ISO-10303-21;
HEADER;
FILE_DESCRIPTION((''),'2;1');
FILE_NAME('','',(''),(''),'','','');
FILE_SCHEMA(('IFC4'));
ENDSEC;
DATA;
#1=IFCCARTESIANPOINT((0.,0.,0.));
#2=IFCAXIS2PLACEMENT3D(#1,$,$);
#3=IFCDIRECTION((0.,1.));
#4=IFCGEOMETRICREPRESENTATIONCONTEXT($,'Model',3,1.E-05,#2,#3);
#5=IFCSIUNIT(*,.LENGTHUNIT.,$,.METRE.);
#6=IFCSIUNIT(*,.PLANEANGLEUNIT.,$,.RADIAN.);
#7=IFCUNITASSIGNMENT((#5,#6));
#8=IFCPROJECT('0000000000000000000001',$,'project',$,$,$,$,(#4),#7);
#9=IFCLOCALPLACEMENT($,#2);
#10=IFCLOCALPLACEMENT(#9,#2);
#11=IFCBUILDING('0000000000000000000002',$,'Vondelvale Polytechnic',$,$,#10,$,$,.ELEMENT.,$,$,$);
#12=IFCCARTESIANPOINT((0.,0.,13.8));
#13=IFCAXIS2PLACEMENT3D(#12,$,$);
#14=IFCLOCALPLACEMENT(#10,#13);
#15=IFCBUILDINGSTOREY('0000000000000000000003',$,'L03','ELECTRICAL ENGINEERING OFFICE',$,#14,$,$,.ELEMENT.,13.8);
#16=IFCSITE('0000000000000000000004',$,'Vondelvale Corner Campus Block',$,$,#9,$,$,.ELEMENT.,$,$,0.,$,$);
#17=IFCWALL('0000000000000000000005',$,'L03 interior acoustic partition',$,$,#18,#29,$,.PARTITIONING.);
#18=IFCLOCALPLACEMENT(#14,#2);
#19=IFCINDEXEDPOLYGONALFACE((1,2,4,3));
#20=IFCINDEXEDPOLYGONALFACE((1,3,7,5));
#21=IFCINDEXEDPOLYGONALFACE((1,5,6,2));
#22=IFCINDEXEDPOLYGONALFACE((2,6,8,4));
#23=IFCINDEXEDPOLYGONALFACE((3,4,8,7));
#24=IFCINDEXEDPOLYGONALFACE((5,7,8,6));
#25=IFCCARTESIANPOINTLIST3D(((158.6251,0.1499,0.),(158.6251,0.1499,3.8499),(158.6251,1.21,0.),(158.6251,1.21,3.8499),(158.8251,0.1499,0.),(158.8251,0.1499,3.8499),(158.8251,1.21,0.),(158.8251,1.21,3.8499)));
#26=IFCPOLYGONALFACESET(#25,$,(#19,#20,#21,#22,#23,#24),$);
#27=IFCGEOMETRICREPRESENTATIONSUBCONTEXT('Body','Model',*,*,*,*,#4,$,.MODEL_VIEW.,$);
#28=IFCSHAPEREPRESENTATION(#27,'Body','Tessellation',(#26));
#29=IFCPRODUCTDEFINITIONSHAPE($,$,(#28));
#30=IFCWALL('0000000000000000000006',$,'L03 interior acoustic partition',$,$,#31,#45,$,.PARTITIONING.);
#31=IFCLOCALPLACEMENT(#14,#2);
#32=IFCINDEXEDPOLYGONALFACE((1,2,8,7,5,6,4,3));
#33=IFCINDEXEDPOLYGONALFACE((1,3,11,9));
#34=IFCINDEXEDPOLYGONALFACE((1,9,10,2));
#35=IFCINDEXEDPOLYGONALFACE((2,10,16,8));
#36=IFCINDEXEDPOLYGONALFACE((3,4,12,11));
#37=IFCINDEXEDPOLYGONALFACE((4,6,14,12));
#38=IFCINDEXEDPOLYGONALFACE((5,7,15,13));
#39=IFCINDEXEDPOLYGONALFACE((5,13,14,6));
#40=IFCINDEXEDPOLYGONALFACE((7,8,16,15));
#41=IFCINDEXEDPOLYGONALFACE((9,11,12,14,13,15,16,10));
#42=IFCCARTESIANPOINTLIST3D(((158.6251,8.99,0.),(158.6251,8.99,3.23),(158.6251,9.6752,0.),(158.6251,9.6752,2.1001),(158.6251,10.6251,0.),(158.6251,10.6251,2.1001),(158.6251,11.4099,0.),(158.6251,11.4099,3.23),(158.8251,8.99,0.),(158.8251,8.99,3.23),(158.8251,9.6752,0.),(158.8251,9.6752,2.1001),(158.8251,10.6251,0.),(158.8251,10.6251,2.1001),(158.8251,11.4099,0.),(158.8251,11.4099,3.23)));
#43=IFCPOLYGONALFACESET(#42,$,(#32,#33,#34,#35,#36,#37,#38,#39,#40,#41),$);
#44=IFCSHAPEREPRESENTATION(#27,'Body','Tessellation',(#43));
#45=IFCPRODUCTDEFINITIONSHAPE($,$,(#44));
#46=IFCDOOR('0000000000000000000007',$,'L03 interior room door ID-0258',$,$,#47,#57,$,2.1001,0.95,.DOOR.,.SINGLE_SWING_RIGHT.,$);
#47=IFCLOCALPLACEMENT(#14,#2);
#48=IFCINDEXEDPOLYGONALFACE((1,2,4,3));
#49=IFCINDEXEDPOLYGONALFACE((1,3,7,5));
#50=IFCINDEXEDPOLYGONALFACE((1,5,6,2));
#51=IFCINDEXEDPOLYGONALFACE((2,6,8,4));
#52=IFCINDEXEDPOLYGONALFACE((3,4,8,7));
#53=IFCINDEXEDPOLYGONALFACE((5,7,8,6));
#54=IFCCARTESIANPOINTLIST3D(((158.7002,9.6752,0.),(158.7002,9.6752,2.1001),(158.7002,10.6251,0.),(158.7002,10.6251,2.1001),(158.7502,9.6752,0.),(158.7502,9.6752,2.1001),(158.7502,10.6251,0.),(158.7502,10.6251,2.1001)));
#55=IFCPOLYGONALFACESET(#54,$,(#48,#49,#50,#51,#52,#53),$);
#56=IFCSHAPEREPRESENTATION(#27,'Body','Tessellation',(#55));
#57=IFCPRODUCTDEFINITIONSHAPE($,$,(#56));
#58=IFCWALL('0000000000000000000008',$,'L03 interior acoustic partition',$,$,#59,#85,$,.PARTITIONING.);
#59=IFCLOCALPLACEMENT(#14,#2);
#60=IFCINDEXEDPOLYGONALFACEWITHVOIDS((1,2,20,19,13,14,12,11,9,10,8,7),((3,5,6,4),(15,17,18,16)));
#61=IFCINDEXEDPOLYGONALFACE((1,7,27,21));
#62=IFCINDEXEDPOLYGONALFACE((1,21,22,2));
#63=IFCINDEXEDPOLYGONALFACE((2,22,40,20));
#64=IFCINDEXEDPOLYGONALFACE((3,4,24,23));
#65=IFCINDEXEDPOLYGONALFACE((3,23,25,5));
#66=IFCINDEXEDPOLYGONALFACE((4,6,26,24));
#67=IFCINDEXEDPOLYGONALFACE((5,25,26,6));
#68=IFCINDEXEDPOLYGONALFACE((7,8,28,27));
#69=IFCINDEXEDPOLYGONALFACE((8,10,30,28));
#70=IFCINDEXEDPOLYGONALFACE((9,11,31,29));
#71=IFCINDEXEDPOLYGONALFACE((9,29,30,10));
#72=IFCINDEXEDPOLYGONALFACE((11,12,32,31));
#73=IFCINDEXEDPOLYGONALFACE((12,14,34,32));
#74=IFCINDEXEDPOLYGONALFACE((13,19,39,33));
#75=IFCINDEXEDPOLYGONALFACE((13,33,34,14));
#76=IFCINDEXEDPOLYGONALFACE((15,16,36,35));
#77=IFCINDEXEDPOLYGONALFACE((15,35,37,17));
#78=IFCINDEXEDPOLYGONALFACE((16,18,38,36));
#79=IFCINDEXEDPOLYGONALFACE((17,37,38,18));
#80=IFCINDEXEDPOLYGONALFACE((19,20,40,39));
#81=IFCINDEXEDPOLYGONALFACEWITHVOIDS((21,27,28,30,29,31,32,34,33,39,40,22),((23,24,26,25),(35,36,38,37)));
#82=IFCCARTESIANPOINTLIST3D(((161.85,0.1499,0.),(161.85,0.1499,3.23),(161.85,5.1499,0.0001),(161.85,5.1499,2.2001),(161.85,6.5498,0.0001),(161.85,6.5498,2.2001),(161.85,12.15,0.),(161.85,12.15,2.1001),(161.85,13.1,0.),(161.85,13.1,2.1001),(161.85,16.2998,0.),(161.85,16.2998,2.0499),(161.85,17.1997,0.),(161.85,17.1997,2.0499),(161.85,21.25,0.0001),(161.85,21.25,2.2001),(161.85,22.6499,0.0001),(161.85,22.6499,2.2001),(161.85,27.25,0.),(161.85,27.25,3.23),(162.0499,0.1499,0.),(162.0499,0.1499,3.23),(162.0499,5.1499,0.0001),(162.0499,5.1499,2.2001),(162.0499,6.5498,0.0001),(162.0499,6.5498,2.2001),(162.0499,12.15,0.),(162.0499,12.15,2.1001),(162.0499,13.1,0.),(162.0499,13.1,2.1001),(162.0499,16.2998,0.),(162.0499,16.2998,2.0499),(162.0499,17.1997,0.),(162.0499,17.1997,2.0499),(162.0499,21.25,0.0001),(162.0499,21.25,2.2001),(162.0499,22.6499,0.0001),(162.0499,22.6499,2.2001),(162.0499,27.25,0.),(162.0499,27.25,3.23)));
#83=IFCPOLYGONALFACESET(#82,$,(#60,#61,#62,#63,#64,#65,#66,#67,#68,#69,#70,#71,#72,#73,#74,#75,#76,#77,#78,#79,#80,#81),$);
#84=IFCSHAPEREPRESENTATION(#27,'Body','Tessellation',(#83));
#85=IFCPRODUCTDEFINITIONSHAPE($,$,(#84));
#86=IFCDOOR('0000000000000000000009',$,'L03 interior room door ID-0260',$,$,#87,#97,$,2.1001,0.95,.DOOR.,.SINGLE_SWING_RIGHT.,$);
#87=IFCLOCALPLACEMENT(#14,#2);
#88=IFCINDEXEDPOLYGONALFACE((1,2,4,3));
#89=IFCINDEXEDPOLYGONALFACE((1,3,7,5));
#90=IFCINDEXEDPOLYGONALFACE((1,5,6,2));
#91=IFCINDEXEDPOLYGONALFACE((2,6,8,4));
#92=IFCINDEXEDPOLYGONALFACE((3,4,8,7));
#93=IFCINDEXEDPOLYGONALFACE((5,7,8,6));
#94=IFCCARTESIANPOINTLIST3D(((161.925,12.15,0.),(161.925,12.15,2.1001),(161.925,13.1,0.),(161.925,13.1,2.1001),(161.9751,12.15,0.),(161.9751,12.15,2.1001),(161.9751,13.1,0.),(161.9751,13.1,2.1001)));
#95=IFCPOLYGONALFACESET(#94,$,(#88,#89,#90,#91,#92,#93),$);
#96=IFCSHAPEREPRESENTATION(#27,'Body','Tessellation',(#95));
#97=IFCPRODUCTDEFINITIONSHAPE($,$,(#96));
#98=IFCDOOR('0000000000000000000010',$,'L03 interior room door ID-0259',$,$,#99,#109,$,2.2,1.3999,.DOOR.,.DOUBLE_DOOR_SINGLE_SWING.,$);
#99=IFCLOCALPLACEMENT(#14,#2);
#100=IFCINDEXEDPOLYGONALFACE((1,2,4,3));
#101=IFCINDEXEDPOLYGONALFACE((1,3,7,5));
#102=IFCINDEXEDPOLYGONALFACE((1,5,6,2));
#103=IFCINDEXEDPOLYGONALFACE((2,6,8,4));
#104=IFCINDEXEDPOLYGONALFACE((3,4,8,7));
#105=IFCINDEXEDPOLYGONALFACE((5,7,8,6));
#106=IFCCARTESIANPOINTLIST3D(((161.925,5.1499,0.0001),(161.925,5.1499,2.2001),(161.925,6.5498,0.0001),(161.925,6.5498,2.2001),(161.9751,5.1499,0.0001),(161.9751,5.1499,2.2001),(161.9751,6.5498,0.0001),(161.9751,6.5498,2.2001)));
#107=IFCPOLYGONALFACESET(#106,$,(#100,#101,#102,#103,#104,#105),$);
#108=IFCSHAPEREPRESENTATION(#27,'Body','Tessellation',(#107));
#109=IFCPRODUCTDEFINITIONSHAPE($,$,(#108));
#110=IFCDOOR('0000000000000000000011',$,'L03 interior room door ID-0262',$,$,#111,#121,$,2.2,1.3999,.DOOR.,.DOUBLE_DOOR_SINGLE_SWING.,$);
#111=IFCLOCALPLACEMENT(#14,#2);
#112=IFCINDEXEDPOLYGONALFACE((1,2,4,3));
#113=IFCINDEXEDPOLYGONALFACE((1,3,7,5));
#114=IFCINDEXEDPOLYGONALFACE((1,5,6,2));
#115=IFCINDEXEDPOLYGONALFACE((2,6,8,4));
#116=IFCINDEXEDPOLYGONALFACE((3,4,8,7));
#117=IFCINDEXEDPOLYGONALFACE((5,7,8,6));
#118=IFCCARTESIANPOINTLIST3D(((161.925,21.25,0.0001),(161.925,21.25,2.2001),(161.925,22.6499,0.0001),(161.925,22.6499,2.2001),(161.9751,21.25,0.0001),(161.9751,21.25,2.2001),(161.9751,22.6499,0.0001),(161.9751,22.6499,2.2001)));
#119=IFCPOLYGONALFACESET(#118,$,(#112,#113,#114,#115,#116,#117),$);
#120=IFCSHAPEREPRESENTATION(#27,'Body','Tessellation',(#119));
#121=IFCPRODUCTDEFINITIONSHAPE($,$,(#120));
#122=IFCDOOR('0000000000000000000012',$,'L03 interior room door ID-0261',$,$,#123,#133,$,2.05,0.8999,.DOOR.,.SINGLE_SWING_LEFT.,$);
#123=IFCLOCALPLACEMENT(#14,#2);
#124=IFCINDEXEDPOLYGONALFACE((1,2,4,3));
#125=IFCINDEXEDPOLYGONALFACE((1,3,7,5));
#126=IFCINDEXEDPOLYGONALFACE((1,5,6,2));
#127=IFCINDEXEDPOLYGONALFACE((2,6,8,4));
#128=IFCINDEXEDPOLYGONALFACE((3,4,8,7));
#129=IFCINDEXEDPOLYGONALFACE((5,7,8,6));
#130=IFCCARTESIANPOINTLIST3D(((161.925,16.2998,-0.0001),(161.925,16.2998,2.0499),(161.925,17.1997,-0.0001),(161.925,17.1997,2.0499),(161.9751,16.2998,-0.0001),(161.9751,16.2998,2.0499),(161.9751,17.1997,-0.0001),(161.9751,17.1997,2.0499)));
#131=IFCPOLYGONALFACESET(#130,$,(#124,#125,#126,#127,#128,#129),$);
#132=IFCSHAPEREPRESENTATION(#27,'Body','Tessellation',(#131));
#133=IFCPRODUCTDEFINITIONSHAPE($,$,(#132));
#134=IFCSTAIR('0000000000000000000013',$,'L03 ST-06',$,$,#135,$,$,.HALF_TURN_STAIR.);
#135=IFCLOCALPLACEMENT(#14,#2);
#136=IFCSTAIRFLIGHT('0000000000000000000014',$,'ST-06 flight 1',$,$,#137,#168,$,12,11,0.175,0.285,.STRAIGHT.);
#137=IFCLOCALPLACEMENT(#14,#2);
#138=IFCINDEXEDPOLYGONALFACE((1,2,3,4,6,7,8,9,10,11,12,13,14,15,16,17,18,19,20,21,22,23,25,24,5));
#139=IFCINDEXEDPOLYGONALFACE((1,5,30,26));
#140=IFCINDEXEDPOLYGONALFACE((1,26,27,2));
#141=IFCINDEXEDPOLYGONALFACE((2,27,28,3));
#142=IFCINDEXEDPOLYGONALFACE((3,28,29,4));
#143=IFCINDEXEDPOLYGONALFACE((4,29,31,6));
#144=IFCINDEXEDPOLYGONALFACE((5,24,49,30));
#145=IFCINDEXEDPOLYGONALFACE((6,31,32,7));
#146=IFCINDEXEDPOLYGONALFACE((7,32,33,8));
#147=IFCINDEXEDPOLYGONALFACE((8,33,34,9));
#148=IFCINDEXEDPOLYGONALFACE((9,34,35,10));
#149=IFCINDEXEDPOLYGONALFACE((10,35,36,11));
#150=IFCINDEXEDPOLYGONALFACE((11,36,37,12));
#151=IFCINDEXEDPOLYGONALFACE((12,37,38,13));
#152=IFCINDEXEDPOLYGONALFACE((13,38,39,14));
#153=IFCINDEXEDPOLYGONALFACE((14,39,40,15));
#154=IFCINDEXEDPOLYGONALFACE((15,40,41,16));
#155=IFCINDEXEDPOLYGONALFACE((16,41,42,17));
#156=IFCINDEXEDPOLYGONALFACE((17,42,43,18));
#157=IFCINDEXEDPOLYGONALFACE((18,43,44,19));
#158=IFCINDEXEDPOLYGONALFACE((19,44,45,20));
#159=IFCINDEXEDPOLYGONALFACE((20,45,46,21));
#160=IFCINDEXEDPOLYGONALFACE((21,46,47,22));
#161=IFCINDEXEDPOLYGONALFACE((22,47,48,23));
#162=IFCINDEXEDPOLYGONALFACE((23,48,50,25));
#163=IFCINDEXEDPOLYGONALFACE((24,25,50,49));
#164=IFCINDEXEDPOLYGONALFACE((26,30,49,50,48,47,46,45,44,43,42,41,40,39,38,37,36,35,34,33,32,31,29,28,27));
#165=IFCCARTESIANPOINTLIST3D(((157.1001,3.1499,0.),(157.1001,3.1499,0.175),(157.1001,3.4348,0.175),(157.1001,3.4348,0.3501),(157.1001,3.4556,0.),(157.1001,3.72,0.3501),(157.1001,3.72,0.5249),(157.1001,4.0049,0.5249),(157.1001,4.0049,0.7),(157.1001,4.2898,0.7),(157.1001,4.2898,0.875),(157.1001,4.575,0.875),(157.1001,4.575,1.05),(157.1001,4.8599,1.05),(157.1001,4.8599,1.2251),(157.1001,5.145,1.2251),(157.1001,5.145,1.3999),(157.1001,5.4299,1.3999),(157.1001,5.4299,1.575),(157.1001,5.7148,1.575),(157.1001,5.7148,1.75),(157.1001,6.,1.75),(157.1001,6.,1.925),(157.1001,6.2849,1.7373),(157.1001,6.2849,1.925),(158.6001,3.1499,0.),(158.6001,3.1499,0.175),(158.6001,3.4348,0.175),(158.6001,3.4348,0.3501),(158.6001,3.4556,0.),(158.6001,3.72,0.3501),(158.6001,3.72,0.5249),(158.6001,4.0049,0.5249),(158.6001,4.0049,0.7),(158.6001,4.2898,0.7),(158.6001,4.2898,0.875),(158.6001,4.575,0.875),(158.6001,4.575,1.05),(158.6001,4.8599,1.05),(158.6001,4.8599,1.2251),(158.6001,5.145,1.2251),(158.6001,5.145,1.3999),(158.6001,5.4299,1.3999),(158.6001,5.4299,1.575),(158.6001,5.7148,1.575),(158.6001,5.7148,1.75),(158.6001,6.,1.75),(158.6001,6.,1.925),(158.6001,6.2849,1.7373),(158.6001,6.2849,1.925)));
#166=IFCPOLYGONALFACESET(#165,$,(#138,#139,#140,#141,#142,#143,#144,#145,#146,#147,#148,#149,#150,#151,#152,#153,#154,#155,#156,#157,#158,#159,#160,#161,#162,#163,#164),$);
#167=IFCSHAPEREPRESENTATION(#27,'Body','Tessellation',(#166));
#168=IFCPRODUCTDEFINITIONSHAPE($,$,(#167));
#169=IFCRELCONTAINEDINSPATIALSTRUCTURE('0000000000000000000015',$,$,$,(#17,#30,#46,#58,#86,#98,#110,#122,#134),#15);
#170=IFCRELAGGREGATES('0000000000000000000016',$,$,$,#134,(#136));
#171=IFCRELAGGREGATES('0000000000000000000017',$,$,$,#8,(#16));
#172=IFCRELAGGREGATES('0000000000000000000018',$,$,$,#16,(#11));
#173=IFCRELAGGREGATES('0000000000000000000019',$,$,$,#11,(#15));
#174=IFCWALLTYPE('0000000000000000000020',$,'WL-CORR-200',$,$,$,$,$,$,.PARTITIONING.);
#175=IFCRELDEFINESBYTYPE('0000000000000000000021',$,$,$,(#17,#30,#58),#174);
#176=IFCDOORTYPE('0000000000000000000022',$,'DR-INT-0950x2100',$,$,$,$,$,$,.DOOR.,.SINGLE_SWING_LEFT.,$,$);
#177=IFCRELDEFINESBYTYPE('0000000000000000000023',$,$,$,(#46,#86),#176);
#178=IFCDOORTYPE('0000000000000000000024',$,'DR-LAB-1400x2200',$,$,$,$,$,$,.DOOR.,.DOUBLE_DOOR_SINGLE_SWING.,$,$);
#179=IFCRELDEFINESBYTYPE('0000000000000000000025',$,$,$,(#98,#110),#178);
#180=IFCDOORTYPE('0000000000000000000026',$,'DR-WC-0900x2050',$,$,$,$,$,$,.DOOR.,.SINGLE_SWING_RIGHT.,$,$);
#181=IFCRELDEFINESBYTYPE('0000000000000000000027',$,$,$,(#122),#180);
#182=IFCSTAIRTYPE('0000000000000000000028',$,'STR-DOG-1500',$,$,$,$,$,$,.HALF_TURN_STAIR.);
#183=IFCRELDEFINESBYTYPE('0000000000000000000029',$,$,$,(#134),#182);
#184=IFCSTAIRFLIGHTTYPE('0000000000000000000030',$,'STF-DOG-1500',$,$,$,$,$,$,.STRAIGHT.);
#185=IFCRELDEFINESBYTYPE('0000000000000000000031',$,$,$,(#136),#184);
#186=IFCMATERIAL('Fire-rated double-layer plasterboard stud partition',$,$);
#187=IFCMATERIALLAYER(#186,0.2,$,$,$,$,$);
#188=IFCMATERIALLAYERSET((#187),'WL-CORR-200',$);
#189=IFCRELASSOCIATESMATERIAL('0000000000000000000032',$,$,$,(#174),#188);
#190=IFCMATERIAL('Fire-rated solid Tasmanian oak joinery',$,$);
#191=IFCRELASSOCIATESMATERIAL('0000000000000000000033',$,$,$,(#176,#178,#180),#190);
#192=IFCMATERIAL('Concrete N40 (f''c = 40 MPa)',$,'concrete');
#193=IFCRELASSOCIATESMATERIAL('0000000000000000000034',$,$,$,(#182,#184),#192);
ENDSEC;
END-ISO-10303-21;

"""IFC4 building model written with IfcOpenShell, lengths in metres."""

from ifc_helpers import new_model, si_unit, direction, frame, frame_2d, origin, place, context, subcontext, project, spatial, polyline, rectangle, outline, extrude, material, layer, layer_set, type_object, element, fill, aggregate, save


model = new_model("IFC4")

# Units and contexts
model_context = context("Model", 3, precision=1e-05, world=origin(), true_north=direction((0.0, 1.0)))
body_context = subcontext(model_context, "Body", "Model", "MODEL_VIEW")
ifc_project = project(units=[si_unit("LENGTHUNIT", "METRE"), si_unit("PLANEANGLEUNIT", "RADIAN")], contexts=[model_context])

# Site, building, storey
site_placement = place(None, origin())
site = spatial("IfcSite", under=ifc_project, at=site_placement, Name="Vondelvale Corner Campus Block", CompositionType="ELEMENT", RefElevation=0.0)
building_placement = place(site_placement, origin())
building = spatial("IfcBuilding", under=site, at=building_placement, Name="Vondelvale Polytechnic", CompositionType="ELEMENT")
storey_placement = place(building_placement, frame((0.0, 0.0, 13.8)))
storey = spatial("IfcBuildingStorey", under=building, at=storey_placement, Name="L03", Description="ELECTRICAL ENGINEERING OFFICE", CompositionType="ELEMENT", Elevation=13.8)

# Shared definitions
ifc_material_1 = material(Name="Concrete N40 (f'c = 40 MPa)", Category="concrete")

# Wall
ifc_material_2 = material(Name="Fire-rated double-layer plasterboard stud partition")
ifc_layer_1 = layer(ifc_material_2, 0.2)
ifc_layer_set_1 = layer_set([ifc_layer_1], Name="WL-CORR-200")
wall_type_1 = type_object("IfcWallType", Name="WL-CORR-200", PredefinedType="PARTITIONING", material=ifc_layer_set_1)
wall_1_placement = place(storey_placement, frame((158.7251, 0.1499, 0.0), z_axis=(0.0, 0.0, 1.0), x_axis=(0.0, 1.0, 0.0)))
element("IfcWall", 1, at=wall_1_placement, inside=storey, type_object=wall_type_1, Name="L03 interior acoustic partition", PredefinedType="PARTITIONING", context=body_context, shape_type="SweptSolid", body=[
    extrude(rectangle(XDim=1.0601, YDim=0.2, at=frame_2d((0.53, 0.0))), origin(), (0.0, 0.0, 1.0), 3.8499),
])

# Wall, opening, door
wall_2_placement = place(storey_placement, frame((158.7251, 8.99, 0.0), z_axis=(0.0, 0.0, 1.0), x_axis=(0.0, 1.0, 0.0)))
wall_2 = element("IfcWall", 2, at=wall_2_placement, inside=storey, type_object=wall_type_1, Name="L03 interior acoustic partition", PredefinedType="PARTITIONING", context=body_context, shape_type="SweptSolid", body=[
    extrude(rectangle(XDim=2.4199, YDim=0.2, at=frame_2d((1.21, 0.0))), origin(), (0.0, 0.0, 1.0), 3.23),
])
opening_1_placement = place(wall_2_placement, frame((0.6851, 0.0, 0.0)))
opening_1 = element("IfcOpeningElement", 3, at=opening_1_placement, cuts=wall_2, PredefinedType="OPENING", context=body_context, shape_type="SweptSolid", body=[
    extrude(rectangle(XDim=0.95, YDim=2.1001, at=frame_2d((0.4751, 1.05))), frame((0.0, 0.1099, 0.0), z_axis=(0.0, -1.0, 0.0), x_axis=(1.0, 0.0, 0.0)), (0.0, 0.0, 1.0), 0.22),
])
ifc_material_3 = material(Name="Fire-rated solid Tasmanian oak joinery")
door_type_1 = type_object("IfcDoorType", Name="DR-INT-0950x2100", OperationType="SINGLE_SWING_LEFT", PredefinedType="DOOR", material=ifc_material_3)
door_1_placement = place(opening_1_placement, origin())
door_1 = element("IfcDoor", 4, at=door_1_placement, inside=storey, type_object=door_type_1, Name="L03 interior room door ID-0258", OperationType="SINGLE_SWING_RIGHT", OverallHeight=2.1001, OverallWidth=0.95, PredefinedType="DOOR", context=body_context, shape_type="SweptSolid", body=[
    extrude(rectangle(XDim=0.95, YDim=2.1001, at=frame_2d((0.4751, 1.05))), frame((0.0, 0.0249, 0.0), z_axis=(0.0, -1.0, 0.0), x_axis=(1.0, 0.0, 0.0)), (0.0, 0.0, 1.0), 0.05),
])
fill(opening_1, door_1)

# Wall, openings, doors
wall_3_placement = place(storey_placement, frame((161.95, 0.1499, 0.0), z_axis=(0.0, 0.0, 1.0), x_axis=(0.0, 1.0, 0.0)))
wall_3 = element("IfcWall", 5, at=wall_3_placement, inside=storey, type_object=wall_type_1, Name="L03 interior acoustic partition", PredefinedType="PARTITIONING", context=body_context, shape_type="SweptSolid", body=[
    extrude(rectangle(XDim=27.1001, YDim=0.2, at=frame_2d((13.55, 0.0))), origin(), (0.0, 0.0, 1.0), 3.23),
])
opening_2_placement = place(wall_3_placement, frame((5.0, 0.0, 0.0)))
opening_2 = element("IfcOpeningElement", 6, at=opening_2_placement, cuts=wall_3, PredefinedType="OPENING", context=body_context, shape_type="SweptSolid", body=[
    extrude(rectangle(XDim=1.3999, YDim=2.2, at=frame_2d((0.7, 1.1001))), frame((0.0, 0.1099, 0.0), z_axis=(0.0, -1.0, 0.0), x_axis=(1.0, 0.0, 0.0)), (0.0, 0.0, 1.0), 0.22),
])
opening_3_placement = place(wall_3_placement, frame((12.0, 0.0, 0.0)))
opening_3 = element("IfcOpeningElement", 7, at=opening_3_placement, cuts=wall_3, PredefinedType="OPENING", context=body_context, shape_type="SweptSolid", body=[
    extrude(rectangle(XDim=0.95, YDim=2.1001, at=frame_2d((0.4751, 1.05))), frame((0.0, 0.1099, 0.0), z_axis=(0.0, -1.0, 0.0), x_axis=(1.0, 0.0, 0.0)), (0.0, 0.0, 1.0), 0.22),
])
opening_4_placement = place(wall_3_placement, frame((16.1499, 0.0, 0.0)))
opening_4 = element("IfcOpeningElement", 8, at=opening_4_placement, cuts=wall_3, PredefinedType="OPENING", context=body_context, shape_type="SweptSolid", body=[
    extrude(rectangle(XDim=0.8999, YDim=2.05, at=frame_2d((0.45, 1.0249))), frame((0.0, 0.1099, 0.0), z_axis=(0.0, -1.0, 0.0), x_axis=(1.0, 0.0, 0.0)), (0.0, 0.0, 1.0), 0.22),
])
opening_5_placement = place(wall_3_placement, frame((21.1001, 0.0, 0.0)))
opening_5 = element("IfcOpeningElement", 9, at=opening_5_placement, cuts=wall_3, PredefinedType="OPENING", context=body_context, shape_type="SweptSolid", body=[
    extrude(rectangle(XDim=1.3999, YDim=2.2, at=frame_2d((0.7, 1.1001))), frame((0.0, 0.1099, 0.0), z_axis=(0.0, -1.0, 0.0), x_axis=(1.0, 0.0, 0.0)), (0.0, 0.0, 1.0), 0.22),
])
door_2_placement = place(opening_3_placement, origin())
door_2 = element("IfcDoor", 10, at=door_2_placement, inside=storey, type_object=door_type_1, Name="L03 interior room door ID-0260", OperationType="SINGLE_SWING_RIGHT", OverallHeight=2.1001, OverallWidth=0.95, PredefinedType="DOOR", context=body_context, shape_type="SweptSolid", body=[
    extrude(rectangle(XDim=0.95, YDim=2.1001, at=frame_2d((0.4751, 1.05))), frame((0.0, 0.0249, 0.0), z_axis=(0.0, -1.0, 0.0), x_axis=(1.0, 0.0, 0.0)), (0.0, 0.0, 1.0), 0.05),
])
fill(opening_3, door_2)
door_type_2 = type_object("IfcDoorType", Name="DR-LAB-1400x2200", OperationType="DOUBLE_DOOR_SINGLE_SWING", PredefinedType="DOOR", material=ifc_material_3)
door_3_placement = place(opening_2_placement, origin())
door_3 = element("IfcDoor", 11, at=door_3_placement, inside=storey, type_object=door_type_2, Name="L03 interior room door ID-0259", OperationType="DOUBLE_DOOR_SINGLE_SWING", OverallHeight=2.2, OverallWidth=1.3999, PredefinedType="DOOR", context=body_context, shape_type="SweptSolid", body=[
    extrude(rectangle(XDim=1.3999, YDim=2.2, at=frame_2d((0.7, 1.1001))), frame((0.0, 0.0249, 0.0), z_axis=(0.0, -1.0, 0.0), x_axis=(1.0, 0.0, 0.0)), (0.0, 0.0, 1.0), 0.05),
])
fill(opening_2, door_3)
door_4_placement = place(opening_5_placement, origin())
door_4 = element("IfcDoor", 12, at=door_4_placement, inside=storey, type_object=door_type_2, Name="L03 interior room door ID-0262", OperationType="DOUBLE_DOOR_SINGLE_SWING", OverallHeight=2.2, OverallWidth=1.3999, PredefinedType="DOOR", context=body_context, shape_type="SweptSolid", body=[
    extrude(rectangle(XDim=1.3999, YDim=2.2, at=frame_2d((0.7, 1.1001))), frame((0.0, 0.0249, 0.0), z_axis=(0.0, -1.0, 0.0), x_axis=(1.0, 0.0, 0.0)), (0.0, 0.0, 1.0), 0.05),
])
fill(opening_5, door_4)
door_type_3 = type_object("IfcDoorType", Name="DR-WC-0900x2050", OperationType="SINGLE_SWING_RIGHT", PredefinedType="DOOR", material=ifc_material_3)
door_5_placement = place(opening_4_placement, origin())
door_5 = element("IfcDoor", 13, at=door_5_placement, inside=storey, type_object=door_type_3, Name="L03 interior room door ID-0261", OperationType="SINGLE_SWING_LEFT", OverallHeight=2.05, OverallWidth=0.8999, PredefinedType="DOOR", context=body_context, shape_type="SweptSolid", body=[
    extrude(rectangle(XDim=0.8999, YDim=2.05, at=frame_2d((0.45, 1.0249))), frame((0.0, 0.0249, 0.0), z_axis=(0.0, -1.0, 0.0), x_axis=(1.0, 0.0, 0.0)), (0.0, 0.0, 1.0), 0.05),
])
fill(opening_4, door_5)

# Stair, stair flight
stair_type = type_object("IfcStairType", Name="STR-DOG-1500", PredefinedType="HALF_TURN_STAIR", material=ifc_material_1)
stair_placement = place(storey_placement, origin())
stair = element("IfcStair", 14, at=stair_placement, inside=storey, type_object=stair_type, Name="L03 ST-06", PredefinedType="HALF_TURN_STAIR")
stair_flight_type = type_object("IfcStairFlightType", Name="STF-DOG-1500", PredefinedType="STRAIGHT", material=ifc_material_1)
stair_flight_placement = place(storey_placement, frame((157.8501, 3.1499, 0.0), z_axis=(0.0, 0.0, 1.0), x_axis=(0.0, 1.0, 0.0)))
stair_flight = element("IfcStairFlight", 15, at=stair_flight_placement, type_object=stair_flight_type, Name="ST-06 flight 1", NumberOfRisers=12, NumberOfTreads=11, PredefinedType="STRAIGHT", RiserHeight=0.175, TreadLength=0.285, context=body_context, shape_type="SweptSolid", body=[
    extrude(outline(polyline([(0.0, 0.0), (0.0, 0.175), (0.2849, 0.175), (0.2849, 0.3501), (0.5701, 0.3501), (0.5701, 0.5249), (0.855, 0.5249), (0.855, 0.7), (1.1399, 0.7), (1.1399, 0.875), (1.425, 0.875), (1.425, 1.05), (1.71, 1.05), (1.71, 1.2251), (1.9951, 1.2251), (1.9951, 1.3999), (2.28, 1.3999), (2.28, 1.575), (2.5649, 1.575), (2.5649, 1.75), (2.8501, 1.75), (2.8501, 1.925), (3.135, 1.925), (3.135, 2.1001), (3.135, 1.7373), (0.3057, 0.0), (0.0, 0.0)])), frame((0.0, 0.75, 0.0), z_axis=(0.0, -1.0, 0.0), x_axis=(1.0, 0.0, 0.0)), (0.0, 0.0, 1.0), 1.5),
])
aggregate(stair, [stair_flight])

save(model, "model.ifc")
